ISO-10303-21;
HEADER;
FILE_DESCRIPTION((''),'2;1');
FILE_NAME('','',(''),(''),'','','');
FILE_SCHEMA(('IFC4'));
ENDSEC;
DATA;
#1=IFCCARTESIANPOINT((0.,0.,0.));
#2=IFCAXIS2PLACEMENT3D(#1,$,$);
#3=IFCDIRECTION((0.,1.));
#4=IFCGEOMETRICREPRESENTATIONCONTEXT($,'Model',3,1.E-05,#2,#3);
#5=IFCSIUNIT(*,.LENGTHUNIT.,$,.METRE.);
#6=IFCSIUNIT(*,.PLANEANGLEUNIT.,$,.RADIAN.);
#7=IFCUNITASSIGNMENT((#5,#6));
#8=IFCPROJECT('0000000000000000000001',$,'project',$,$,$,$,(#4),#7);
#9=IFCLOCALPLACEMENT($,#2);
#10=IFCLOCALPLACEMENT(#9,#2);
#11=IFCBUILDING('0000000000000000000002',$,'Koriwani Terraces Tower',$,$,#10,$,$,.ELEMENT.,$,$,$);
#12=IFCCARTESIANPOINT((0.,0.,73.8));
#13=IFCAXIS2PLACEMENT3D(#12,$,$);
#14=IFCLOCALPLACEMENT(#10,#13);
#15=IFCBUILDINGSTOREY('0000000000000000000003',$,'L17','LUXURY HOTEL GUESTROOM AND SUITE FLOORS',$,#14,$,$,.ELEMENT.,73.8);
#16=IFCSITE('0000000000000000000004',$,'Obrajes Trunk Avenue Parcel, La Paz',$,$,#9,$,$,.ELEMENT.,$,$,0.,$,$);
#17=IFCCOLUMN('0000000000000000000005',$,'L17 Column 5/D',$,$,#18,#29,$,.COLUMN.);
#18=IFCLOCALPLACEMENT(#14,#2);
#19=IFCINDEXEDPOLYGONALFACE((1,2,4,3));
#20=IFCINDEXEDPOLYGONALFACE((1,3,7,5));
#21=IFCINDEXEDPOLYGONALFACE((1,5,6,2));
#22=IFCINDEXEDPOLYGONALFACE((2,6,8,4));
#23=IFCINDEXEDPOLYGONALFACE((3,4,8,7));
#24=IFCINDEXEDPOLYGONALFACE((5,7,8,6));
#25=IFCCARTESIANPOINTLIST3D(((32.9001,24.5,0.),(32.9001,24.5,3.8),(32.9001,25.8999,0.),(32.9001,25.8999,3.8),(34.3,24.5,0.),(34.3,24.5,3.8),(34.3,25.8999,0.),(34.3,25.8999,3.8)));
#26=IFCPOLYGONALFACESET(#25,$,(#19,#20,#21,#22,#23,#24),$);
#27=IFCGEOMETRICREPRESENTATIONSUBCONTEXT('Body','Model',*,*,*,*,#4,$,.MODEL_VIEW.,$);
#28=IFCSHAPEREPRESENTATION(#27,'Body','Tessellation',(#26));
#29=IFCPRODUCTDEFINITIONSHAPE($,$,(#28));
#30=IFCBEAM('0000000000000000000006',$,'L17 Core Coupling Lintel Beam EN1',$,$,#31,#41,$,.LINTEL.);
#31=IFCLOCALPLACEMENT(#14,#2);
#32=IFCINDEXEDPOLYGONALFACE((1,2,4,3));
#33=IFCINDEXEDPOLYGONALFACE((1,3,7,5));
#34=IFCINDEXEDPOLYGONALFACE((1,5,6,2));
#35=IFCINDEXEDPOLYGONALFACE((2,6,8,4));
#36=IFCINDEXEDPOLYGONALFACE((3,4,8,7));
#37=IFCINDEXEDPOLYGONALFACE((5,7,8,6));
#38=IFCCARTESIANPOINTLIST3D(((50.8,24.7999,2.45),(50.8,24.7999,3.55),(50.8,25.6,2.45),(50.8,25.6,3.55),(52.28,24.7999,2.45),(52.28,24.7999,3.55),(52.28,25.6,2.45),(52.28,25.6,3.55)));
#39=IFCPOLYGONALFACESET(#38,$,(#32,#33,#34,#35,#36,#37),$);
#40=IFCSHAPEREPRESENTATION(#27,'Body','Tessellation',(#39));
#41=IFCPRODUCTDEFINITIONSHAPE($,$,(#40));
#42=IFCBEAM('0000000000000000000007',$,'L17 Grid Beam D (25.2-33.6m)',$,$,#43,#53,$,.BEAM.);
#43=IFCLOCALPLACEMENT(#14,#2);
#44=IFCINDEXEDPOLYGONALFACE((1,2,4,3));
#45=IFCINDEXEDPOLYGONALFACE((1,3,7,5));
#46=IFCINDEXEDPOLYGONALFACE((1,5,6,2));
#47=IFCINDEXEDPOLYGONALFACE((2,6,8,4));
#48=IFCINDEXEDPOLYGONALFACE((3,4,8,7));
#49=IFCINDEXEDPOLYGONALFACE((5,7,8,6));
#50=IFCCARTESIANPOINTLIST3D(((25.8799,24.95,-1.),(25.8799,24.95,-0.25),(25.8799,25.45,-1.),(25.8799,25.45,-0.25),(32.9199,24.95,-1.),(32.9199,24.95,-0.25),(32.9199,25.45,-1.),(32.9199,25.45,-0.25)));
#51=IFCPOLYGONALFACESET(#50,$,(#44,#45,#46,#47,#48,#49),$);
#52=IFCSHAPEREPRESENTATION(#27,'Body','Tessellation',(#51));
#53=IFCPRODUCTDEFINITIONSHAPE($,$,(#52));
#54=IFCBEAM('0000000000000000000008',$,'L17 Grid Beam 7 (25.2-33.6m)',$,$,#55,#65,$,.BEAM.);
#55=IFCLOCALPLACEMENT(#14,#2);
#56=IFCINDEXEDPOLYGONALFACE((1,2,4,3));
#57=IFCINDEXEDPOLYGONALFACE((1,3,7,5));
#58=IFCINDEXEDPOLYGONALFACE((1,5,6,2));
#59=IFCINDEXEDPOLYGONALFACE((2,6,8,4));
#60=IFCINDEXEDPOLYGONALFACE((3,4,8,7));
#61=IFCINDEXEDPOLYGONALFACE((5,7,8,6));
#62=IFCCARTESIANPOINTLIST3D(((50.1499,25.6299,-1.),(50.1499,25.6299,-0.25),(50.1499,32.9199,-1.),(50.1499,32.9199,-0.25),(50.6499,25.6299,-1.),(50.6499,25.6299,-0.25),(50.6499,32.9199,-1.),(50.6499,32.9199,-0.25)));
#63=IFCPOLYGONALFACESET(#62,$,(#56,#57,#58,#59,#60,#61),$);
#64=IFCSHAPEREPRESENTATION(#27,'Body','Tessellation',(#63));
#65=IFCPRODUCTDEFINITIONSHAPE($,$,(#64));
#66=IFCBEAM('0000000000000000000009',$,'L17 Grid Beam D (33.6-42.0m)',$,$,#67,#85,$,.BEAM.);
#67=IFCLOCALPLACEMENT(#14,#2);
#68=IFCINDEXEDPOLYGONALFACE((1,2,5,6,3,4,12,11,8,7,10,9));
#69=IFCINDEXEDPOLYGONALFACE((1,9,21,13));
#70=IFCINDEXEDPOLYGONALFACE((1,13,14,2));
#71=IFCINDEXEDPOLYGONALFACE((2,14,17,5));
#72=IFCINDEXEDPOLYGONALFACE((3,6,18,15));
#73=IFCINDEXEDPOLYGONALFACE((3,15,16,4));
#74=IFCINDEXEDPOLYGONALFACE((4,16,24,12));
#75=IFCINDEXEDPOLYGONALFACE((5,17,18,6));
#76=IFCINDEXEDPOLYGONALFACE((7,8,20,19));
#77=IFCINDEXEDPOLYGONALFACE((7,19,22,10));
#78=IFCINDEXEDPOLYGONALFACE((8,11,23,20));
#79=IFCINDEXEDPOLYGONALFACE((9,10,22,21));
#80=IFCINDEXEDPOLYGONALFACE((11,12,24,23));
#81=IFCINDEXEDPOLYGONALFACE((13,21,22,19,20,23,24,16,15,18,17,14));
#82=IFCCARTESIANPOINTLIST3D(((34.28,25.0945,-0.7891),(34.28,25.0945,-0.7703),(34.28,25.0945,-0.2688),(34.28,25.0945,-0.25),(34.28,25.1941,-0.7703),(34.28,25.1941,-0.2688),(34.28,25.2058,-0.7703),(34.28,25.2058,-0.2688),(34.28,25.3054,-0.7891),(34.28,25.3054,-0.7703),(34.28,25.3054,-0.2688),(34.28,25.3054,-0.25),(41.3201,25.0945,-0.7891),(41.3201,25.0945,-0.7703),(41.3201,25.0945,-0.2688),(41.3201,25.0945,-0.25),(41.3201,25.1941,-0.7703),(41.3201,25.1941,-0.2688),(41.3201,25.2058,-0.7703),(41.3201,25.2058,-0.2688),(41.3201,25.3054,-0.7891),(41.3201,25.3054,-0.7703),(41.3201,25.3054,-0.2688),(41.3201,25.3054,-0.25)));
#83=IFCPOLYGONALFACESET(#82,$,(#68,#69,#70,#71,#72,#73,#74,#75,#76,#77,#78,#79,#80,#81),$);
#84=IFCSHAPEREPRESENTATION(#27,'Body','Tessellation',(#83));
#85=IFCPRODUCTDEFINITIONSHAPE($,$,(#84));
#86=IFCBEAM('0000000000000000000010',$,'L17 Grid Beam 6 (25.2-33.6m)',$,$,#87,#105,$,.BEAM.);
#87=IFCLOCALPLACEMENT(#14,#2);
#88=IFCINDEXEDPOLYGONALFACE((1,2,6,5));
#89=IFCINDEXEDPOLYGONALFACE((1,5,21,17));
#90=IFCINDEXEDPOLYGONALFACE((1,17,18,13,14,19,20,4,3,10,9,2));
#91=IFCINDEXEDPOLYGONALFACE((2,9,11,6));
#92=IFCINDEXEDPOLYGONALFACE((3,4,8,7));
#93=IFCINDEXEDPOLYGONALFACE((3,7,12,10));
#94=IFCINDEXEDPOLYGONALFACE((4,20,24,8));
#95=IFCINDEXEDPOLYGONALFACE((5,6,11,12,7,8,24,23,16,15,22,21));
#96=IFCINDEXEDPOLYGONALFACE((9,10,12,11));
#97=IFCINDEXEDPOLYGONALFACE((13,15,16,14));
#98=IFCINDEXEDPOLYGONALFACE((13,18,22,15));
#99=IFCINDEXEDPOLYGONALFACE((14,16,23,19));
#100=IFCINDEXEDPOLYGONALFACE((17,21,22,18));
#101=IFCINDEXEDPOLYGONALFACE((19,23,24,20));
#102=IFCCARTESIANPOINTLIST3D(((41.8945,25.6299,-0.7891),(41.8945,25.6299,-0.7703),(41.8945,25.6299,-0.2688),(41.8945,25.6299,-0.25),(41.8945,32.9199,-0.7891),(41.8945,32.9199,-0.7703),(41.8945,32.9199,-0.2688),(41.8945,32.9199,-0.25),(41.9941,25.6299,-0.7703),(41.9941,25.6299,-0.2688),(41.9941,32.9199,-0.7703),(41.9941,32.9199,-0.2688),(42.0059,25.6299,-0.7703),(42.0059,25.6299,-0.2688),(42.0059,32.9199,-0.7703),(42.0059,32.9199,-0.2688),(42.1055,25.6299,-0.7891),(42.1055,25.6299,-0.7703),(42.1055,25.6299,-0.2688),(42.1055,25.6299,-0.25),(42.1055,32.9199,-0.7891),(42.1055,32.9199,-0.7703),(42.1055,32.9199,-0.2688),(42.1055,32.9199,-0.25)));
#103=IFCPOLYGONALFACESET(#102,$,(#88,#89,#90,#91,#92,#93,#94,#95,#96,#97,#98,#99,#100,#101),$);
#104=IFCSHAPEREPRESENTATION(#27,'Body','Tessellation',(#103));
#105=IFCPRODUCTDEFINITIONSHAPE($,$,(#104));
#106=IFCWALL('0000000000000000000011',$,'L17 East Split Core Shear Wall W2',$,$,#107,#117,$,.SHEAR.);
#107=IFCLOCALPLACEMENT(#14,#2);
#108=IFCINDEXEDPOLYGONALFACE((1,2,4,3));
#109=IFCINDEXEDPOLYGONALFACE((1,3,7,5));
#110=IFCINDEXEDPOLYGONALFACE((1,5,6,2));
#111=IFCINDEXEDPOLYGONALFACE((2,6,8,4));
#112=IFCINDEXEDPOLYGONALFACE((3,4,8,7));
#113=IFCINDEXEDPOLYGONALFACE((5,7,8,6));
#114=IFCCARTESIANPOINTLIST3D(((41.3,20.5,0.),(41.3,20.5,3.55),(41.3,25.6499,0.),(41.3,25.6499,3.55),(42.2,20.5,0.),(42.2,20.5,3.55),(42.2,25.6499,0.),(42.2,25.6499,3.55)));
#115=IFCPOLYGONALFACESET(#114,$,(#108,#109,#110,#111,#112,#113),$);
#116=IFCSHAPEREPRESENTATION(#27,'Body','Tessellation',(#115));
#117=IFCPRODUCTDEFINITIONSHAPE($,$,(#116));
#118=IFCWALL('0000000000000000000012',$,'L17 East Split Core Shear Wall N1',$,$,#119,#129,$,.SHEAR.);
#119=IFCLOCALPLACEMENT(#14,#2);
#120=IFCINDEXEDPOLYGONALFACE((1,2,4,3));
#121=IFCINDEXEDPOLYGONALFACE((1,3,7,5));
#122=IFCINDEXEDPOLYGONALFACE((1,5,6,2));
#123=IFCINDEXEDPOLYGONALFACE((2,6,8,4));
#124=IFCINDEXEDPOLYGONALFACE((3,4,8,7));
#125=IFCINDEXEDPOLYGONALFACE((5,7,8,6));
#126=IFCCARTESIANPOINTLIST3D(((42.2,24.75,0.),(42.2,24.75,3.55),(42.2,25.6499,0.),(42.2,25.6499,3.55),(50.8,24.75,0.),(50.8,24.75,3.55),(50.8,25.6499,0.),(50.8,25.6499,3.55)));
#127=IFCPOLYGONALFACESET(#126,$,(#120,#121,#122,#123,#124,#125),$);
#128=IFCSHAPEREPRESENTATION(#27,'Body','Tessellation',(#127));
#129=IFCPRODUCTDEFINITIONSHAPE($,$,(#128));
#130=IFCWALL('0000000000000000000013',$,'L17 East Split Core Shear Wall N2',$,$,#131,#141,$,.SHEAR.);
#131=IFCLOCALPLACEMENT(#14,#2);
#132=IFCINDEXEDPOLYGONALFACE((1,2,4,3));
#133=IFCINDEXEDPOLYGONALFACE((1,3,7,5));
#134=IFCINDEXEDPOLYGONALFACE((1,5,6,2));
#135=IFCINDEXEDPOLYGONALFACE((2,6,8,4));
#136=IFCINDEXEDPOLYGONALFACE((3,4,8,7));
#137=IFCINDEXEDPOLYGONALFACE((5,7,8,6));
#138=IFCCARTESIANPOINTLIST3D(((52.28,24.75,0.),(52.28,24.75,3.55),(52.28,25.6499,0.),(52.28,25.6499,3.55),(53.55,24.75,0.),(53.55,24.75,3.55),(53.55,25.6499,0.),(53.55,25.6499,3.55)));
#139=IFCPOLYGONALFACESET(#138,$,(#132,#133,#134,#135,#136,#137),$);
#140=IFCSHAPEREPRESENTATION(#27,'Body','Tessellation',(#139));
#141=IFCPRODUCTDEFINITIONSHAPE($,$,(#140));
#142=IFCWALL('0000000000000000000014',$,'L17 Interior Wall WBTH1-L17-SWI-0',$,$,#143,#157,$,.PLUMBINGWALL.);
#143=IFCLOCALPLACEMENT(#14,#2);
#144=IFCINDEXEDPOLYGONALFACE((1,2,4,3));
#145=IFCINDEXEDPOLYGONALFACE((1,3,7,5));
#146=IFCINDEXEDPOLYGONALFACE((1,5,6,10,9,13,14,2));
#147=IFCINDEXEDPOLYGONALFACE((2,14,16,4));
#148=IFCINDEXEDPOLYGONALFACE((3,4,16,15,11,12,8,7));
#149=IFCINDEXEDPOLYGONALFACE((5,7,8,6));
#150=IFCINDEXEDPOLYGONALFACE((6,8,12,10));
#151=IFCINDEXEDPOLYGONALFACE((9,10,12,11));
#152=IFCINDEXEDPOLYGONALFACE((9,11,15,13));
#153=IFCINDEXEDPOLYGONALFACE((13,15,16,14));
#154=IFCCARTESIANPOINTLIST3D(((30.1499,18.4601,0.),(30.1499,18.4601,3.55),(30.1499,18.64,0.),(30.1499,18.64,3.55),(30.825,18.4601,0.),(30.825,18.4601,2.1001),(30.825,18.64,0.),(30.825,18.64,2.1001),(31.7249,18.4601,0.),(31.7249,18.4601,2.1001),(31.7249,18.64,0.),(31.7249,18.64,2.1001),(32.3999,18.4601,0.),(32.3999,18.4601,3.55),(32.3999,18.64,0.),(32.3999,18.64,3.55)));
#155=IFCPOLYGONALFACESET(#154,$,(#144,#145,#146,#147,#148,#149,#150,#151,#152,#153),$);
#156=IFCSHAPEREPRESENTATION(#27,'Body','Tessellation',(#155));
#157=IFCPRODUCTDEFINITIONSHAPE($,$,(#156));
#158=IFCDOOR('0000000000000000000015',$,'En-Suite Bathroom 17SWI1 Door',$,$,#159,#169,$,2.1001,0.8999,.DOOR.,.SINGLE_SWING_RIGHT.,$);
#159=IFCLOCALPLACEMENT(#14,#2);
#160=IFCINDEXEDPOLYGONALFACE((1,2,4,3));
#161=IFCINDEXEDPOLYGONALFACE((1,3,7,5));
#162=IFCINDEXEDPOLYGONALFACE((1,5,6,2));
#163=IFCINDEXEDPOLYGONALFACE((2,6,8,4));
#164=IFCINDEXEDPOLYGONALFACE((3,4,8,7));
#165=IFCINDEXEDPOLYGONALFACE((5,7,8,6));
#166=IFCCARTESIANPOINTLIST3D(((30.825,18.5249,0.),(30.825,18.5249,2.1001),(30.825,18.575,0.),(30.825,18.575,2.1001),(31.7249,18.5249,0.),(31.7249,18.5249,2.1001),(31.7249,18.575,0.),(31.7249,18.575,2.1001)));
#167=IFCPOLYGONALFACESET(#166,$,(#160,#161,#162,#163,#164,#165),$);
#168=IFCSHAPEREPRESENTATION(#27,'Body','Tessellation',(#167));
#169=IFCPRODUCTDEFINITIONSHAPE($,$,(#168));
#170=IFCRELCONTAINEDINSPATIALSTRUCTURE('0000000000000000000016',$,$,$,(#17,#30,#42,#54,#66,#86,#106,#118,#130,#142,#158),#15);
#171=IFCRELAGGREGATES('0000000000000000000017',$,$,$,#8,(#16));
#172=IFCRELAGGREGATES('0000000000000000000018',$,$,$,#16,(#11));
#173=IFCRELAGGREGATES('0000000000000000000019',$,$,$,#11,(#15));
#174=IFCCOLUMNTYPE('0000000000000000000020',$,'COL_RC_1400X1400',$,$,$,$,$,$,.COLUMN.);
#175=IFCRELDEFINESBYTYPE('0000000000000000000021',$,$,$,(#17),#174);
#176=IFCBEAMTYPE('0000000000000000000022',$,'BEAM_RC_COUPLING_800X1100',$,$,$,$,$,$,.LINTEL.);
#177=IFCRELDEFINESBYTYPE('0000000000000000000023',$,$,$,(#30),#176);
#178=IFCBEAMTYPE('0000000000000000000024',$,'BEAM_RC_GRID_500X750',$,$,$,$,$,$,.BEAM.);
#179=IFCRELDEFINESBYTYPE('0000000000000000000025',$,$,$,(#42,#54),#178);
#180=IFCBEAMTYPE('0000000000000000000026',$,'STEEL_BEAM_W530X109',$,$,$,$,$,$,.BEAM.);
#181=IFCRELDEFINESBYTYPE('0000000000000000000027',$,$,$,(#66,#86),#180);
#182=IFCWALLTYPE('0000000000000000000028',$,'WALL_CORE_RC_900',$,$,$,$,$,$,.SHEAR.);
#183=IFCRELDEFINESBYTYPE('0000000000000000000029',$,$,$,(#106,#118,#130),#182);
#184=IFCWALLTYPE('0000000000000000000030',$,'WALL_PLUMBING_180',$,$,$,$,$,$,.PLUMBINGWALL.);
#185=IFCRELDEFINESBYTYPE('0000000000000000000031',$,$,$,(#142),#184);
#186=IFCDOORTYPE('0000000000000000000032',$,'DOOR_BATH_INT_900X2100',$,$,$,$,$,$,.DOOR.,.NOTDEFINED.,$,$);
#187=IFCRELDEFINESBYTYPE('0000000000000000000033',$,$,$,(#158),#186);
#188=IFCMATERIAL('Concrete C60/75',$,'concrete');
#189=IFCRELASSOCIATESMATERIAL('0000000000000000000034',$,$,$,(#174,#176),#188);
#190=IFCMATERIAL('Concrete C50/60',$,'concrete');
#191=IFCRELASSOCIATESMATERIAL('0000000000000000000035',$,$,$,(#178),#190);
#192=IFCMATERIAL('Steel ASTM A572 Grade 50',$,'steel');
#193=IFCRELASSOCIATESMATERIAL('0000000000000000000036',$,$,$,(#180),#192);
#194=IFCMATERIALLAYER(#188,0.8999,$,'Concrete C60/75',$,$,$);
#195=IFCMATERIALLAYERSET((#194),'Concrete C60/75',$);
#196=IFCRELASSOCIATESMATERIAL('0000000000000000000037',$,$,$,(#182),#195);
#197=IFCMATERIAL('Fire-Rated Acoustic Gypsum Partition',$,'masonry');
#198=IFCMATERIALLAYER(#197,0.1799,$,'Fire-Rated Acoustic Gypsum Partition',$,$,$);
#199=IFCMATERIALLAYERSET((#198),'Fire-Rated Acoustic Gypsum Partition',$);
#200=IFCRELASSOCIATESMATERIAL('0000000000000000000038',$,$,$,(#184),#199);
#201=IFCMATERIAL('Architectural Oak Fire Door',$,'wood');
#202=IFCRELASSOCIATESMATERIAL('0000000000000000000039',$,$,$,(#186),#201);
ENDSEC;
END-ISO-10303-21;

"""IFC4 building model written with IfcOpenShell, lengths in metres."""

from ifc_helpers import new_model, si_unit, direction, frame, frame_2d, origin, origin_2d, place, context, subcontext, project, spatial, rectangle, i_section, extrude, material, layer, layer_set, material_profile, profile_set, type_object, element, fill, save


model = new_model("IFC4")

# Units and contexts
model_context = context("Model", 3, precision=1e-05, world=origin(), true_north=direction((0.0, 1.0)))
body_context = subcontext(model_context, "Body", "Model", "MODEL_VIEW")
ifc_project = project(units=[si_unit("LENGTHUNIT", "METRE"), si_unit("PLANEANGLEUNIT", "RADIAN")], contexts=[model_context])

# Site, building, storey
site_placement = place(None, origin())
site = spatial("IfcSite", under=ifc_project, at=site_placement, Name="Obrajes Trunk Avenue Parcel, La Paz", CompositionType="ELEMENT", RefElevation=0.0)
building_placement = place(site_placement, origin())
building = spatial("IfcBuilding", under=site, at=building_placement, Name="Koriwani Terraces Tower", CompositionType="ELEMENT")
storey_placement = place(building_placement, frame((0.0, 0.0, 73.8)))
storey = spatial("IfcBuildingStorey", under=building, at=storey_placement, Name="L17", Description="LUXURY HOTEL GUESTROOM AND SUITE FLOORS", CompositionType="ELEMENT", Elevation=73.8)

# Column
ifc_material_1 = material(Name="Concrete C60/75", Category="concrete")
ifc_material_profile_1 = material_profile(ifc_material_1, rectangle(XDim=1.3999, YDim=1.3999, at=origin_2d()), Name="Concrete C60/75", Category="LoadBearing")
ifc_profile_set_1 = profile_set([ifc_material_profile_1], Name="Concrete C60/75")
column_type = type_object("IfcColumnType", Name="COL_RC_1400X1400", PredefinedType="COLUMN", material=ifc_profile_set_1)
column_placement = place(storey_placement, frame((33.6001, 25.2, 0.0), z_axis=(0.0, 0.0, 1.0), x_axis=(1.0, 0.0, 0.0)))
element("IfcColumn", 1, at=column_placement, inside=storey, type_object=column_type, Name="L17 Column 5/D", PredefinedType="COLUMN", context=body_context, shape_type="SweptSolid", body=[
    extrude(rectangle(XDim=1.3999, YDim=1.3999, at=origin_2d()), origin(), (0.0, 0.0, 1.0), 3.8),
])

# Beams
ifc_material_profile_2 = material_profile(ifc_material_1, rectangle(XDim=0.8, YDim=1.1001, at=origin_2d()), Name="Concrete C60/75", Category="LoadBearing")
ifc_profile_set_2 = profile_set([ifc_material_profile_2], Name="Concrete C60/75")
beam_type_1 = type_object("IfcBeamType", Name="BEAM_RC_COUPLING_800X1100", PredefinedType="LINTEL", material=ifc_profile_set_2)
beam_1_placement = place(storey_placement, frame((50.8, 25.2, 3.0), z_axis=(1.0, 0.0, 0.0), x_axis=(0.0, 1.0, 0.0)))
element("IfcBeam", 2, at=beam_1_placement, inside=storey, type_object=beam_type_1, Name="L17 Core Coupling Lintel Beam EN1", PredefinedType="LINTEL", context=body_context, shape_type="SweptSolid", body=[
    extrude(rectangle(XDim=0.8, YDim=1.1001, at=origin_2d()), origin(), (0.0, 0.0, 1.0), 1.48),
])
ifc_material_2 = material(Name="Concrete C50/60", Category="concrete")
ifc_material_profile_3 = material_profile(ifc_material_2, rectangle(XDim=0.5, YDim=0.75, at=origin_2d()), Name="Concrete C50/60", Category="LoadBearing")
ifc_profile_set_3 = profile_set([ifc_material_profile_3], Name="Concrete C50/60")
beam_type_2 = type_object("IfcBeamType", Name="BEAM_RC_GRID_500X750", PredefinedType="BEAM", material=ifc_profile_set_3)
beam_2_placement = place(storey_placement, frame((25.8799, 25.2, -0.625), z_axis=(1.0, 0.0, 0.0), x_axis=(0.0, 1.0, 0.0)))
element("IfcBeam", 3, at=beam_2_placement, inside=storey, type_object=beam_type_2, Name="L17 Grid Beam D (25.2-33.6m)", PredefinedType="BEAM", context=body_context, shape_type="SweptSolid", body=[
    extrude(rectangle(XDim=0.5, YDim=0.75, at=origin_2d()), origin(), (0.0, 0.0, 1.0), 7.04),
])
beam_3_placement = place(storey_placement, frame((50.3999, 25.6299, -0.625), z_axis=(0.0, 1.0, 0.0), x_axis=(-1.0, 0.0, 0.0)))
element("IfcBeam", 4, at=beam_3_placement, inside=storey, type_object=beam_type_2, Name="L17 Grid Beam 7 (25.2-33.6m)", PredefinedType="BEAM", context=body_context, shape_type="SweptSolid", body=[
    extrude(rectangle(XDim=0.5, YDim=0.75, at=origin_2d()), origin(), (0.0, 0.0, 1.0), 7.29),
])
ifc_material_3 = material(Name="Steel ASTM A572 Grade 50", Category="steel")
ifc_material_profile_4 = material_profile(ifc_material_3, i_section(OverallWidth=0.2109, OverallDepth=0.5391, WebThickness=0.0117, FlangeThickness=0.0188, at=origin_2d()), Name="Steel ASTM A572 Grade 50", Category="LoadBearing")
ifc_profile_set_4 = profile_set([ifc_material_profile_4], Name="Steel ASTM A572 Grade 50")
beam_type_3 = type_object("IfcBeamType", Name="STEEL_BEAM_W530X109", PredefinedType="BEAM", material=ifc_profile_set_4)
beam_4_placement = place(storey_placement, frame((34.28, 25.2, -0.5195), z_axis=(1.0, 0.0, 0.0), x_axis=(0.0, 1.0, 0.0)))
element("IfcBeam", 5, at=beam_4_placement, inside=storey, type_object=beam_type_3, Name="L17 Grid Beam D (33.6-42.0m)", PredefinedType="BEAM", context=body_context, shape_type="SweptSolid", body=[
    extrude(i_section(OverallWidth=0.2109, OverallDepth=0.5391, WebThickness=0.0117, FlangeThickness=0.0188, at=origin_2d()), origin(), (0.0, 0.0, 1.0), 7.04),
])
beam_5_placement = place(storey_placement, frame((42.0, 25.6299, -0.5195), z_axis=(0.0, 1.0, 0.0), x_axis=(-1.0, 0.0, 0.0)))
element("IfcBeam", 6, at=beam_5_placement, inside=storey, type_object=beam_type_3, Name="L17 Grid Beam 6 (25.2-33.6m)", PredefinedType="BEAM", context=body_context, shape_type="SweptSolid", body=[
    extrude(i_section(OverallWidth=0.2109, OverallDepth=0.5391, WebThickness=0.0117, FlangeThickness=0.0188, at=origin_2d()), origin(), (0.0, 0.0, 1.0), 7.29),
])

# Walls
ifc_layer_1 = layer(ifc_material_1, 0.8999, Name="Concrete C60/75")
ifc_layer_set_1 = layer_set([ifc_layer_1], Name="Concrete C60/75")
wall_type_1 = type_object("IfcWallType", Name="WALL_CORE_RC_900", PredefinedType="SHEAR", material=ifc_layer_set_1)
wall_1_placement = place(storey_placement, frame((41.75, 20.5, 0.0), z_axis=(0.0, 0.0, 1.0), x_axis=(0.0, 1.0, 0.0)))
element("IfcWall", 7, at=wall_1_placement, inside=storey, type_object=wall_type_1, Name="L17 East Split Core Shear Wall W2", PredefinedType="SHEAR", context=body_context, shape_type="SweptSolid", body=[
    extrude(rectangle(XDim=5.1499, YDim=0.8999, at=frame_2d((2.575, 0.0))), origin(), (0.0, 0.0, 1.0), 3.55),
])
wall_2_placement = place(storey_placement, frame((42.2, 25.2, 0.0), z_axis=(0.0, 0.0, 1.0), x_axis=(1.0, 0.0, 0.0)))
element("IfcWall", 8, at=wall_2_placement, inside=storey, type_object=wall_type_1, Name="L17 East Split Core Shear Wall N1", PredefinedType="SHEAR", context=body_context, shape_type="SweptSolid", body=[
    extrude(rectangle(XDim=8.6001, YDim=0.8999, at=frame_2d((4.3, 0.0))), origin(), (0.0, 0.0, 1.0), 3.55),
])
wall_3_placement = place(storey_placement, frame((52.28, 25.2, 0.0), z_axis=(0.0, 0.0, 1.0), x_axis=(1.0, 0.0, 0.0)))
element("IfcWall", 9, at=wall_3_placement, inside=storey, type_object=wall_type_1, Name="L17 East Split Core Shear Wall N2", PredefinedType="SHEAR", context=body_context, shape_type="SweptSolid", body=[
    extrude(rectangle(XDim=1.27, YDim=0.8999, at=frame_2d((0.635, 0.0))), origin(), (0.0, 0.0, 1.0), 3.55),
])

# Wall, opening, door
ifc_material_4 = material(Name="Fire-Rated Acoustic Gypsum Partition", Category="masonry")
ifc_layer_2 = layer(ifc_material_4, 0.1799, Name="Fire-Rated Acoustic Gypsum Partition")
ifc_layer_set_2 = layer_set([ifc_layer_2], Name="Fire-Rated Acoustic Gypsum Partition")
wall_type_2 = type_object("IfcWallType", Name="WALL_PLUMBING_180", PredefinedType="PLUMBINGWALL", material=ifc_layer_set_2)
wall_4_placement = place(storey_placement, frame((30.1499, 18.55, 0.0), z_axis=(0.0, 0.0, 1.0), x_axis=(1.0, 0.0, 0.0)))
wall_4 = element("IfcWall", 10, at=wall_4_placement, inside=storey, type_object=wall_type_2, Name="L17 Interior Wall WBTH1-L17-SWI-0", PredefinedType="PLUMBINGWALL", context=body_context, shape_type="SweptSolid", body=[
    extrude(rectangle(XDim=2.25, YDim=0.1799, at=frame_2d((1.125, 0.0))), origin(), (0.0, 0.0, 1.0), 3.55),
])
opening_1_placement = place(wall_4_placement, frame((0.675, 0.0, 0.0)))
opening_1 = element("IfcOpeningElement", 11, at=opening_1_placement, cuts=wall_4, PredefinedType="OPENING", context=body_context, shape_type="SweptSolid", body=[
    extrude(rectangle(XDim=0.8999, YDim=2.1001, at=frame_2d((0.45, 1.05))), frame((0.0, 0.1001, 0.0), z_axis=(0.0, -1.0, 0.0), x_axis=(1.0, 0.0, 0.0)), (0.0, 0.0, 1.0), 0.2),
])
ifc_material_5 = material(Name="Architectural Oak Fire Door", Category="wood")
door_type_1 = type_object("IfcDoorType", Name="DOOR_BATH_INT_900X2100", OperationType="NOTDEFINED", PredefinedType="DOOR", material=ifc_material_5)
door_1_placement = place(opening_1_placement, origin())
door_1 = element("IfcDoor", 12, at=door_1_placement, inside=storey, type_object=door_type_1, Name="En-Suite Bathroom 17SWI1 Door", OperationType="SINGLE_SWING_RIGHT", OverallHeight=2.1001, OverallWidth=0.8999, PredefinedType="DOOR", context=body_context, shape_type="SweptSolid", body=[
    extrude(rectangle(XDim=0.8999, YDim=2.1001, at=frame_2d((0.45, 1.05))), frame((0.0, 0.0249, 0.0), z_axis=(0.0, -1.0, 0.0), x_axis=(1.0, 0.0, 0.0)), (0.0, 0.0, 1.0), 0.05),
])
fill(opening_1, door_1)

save(model, "model.ifc")
